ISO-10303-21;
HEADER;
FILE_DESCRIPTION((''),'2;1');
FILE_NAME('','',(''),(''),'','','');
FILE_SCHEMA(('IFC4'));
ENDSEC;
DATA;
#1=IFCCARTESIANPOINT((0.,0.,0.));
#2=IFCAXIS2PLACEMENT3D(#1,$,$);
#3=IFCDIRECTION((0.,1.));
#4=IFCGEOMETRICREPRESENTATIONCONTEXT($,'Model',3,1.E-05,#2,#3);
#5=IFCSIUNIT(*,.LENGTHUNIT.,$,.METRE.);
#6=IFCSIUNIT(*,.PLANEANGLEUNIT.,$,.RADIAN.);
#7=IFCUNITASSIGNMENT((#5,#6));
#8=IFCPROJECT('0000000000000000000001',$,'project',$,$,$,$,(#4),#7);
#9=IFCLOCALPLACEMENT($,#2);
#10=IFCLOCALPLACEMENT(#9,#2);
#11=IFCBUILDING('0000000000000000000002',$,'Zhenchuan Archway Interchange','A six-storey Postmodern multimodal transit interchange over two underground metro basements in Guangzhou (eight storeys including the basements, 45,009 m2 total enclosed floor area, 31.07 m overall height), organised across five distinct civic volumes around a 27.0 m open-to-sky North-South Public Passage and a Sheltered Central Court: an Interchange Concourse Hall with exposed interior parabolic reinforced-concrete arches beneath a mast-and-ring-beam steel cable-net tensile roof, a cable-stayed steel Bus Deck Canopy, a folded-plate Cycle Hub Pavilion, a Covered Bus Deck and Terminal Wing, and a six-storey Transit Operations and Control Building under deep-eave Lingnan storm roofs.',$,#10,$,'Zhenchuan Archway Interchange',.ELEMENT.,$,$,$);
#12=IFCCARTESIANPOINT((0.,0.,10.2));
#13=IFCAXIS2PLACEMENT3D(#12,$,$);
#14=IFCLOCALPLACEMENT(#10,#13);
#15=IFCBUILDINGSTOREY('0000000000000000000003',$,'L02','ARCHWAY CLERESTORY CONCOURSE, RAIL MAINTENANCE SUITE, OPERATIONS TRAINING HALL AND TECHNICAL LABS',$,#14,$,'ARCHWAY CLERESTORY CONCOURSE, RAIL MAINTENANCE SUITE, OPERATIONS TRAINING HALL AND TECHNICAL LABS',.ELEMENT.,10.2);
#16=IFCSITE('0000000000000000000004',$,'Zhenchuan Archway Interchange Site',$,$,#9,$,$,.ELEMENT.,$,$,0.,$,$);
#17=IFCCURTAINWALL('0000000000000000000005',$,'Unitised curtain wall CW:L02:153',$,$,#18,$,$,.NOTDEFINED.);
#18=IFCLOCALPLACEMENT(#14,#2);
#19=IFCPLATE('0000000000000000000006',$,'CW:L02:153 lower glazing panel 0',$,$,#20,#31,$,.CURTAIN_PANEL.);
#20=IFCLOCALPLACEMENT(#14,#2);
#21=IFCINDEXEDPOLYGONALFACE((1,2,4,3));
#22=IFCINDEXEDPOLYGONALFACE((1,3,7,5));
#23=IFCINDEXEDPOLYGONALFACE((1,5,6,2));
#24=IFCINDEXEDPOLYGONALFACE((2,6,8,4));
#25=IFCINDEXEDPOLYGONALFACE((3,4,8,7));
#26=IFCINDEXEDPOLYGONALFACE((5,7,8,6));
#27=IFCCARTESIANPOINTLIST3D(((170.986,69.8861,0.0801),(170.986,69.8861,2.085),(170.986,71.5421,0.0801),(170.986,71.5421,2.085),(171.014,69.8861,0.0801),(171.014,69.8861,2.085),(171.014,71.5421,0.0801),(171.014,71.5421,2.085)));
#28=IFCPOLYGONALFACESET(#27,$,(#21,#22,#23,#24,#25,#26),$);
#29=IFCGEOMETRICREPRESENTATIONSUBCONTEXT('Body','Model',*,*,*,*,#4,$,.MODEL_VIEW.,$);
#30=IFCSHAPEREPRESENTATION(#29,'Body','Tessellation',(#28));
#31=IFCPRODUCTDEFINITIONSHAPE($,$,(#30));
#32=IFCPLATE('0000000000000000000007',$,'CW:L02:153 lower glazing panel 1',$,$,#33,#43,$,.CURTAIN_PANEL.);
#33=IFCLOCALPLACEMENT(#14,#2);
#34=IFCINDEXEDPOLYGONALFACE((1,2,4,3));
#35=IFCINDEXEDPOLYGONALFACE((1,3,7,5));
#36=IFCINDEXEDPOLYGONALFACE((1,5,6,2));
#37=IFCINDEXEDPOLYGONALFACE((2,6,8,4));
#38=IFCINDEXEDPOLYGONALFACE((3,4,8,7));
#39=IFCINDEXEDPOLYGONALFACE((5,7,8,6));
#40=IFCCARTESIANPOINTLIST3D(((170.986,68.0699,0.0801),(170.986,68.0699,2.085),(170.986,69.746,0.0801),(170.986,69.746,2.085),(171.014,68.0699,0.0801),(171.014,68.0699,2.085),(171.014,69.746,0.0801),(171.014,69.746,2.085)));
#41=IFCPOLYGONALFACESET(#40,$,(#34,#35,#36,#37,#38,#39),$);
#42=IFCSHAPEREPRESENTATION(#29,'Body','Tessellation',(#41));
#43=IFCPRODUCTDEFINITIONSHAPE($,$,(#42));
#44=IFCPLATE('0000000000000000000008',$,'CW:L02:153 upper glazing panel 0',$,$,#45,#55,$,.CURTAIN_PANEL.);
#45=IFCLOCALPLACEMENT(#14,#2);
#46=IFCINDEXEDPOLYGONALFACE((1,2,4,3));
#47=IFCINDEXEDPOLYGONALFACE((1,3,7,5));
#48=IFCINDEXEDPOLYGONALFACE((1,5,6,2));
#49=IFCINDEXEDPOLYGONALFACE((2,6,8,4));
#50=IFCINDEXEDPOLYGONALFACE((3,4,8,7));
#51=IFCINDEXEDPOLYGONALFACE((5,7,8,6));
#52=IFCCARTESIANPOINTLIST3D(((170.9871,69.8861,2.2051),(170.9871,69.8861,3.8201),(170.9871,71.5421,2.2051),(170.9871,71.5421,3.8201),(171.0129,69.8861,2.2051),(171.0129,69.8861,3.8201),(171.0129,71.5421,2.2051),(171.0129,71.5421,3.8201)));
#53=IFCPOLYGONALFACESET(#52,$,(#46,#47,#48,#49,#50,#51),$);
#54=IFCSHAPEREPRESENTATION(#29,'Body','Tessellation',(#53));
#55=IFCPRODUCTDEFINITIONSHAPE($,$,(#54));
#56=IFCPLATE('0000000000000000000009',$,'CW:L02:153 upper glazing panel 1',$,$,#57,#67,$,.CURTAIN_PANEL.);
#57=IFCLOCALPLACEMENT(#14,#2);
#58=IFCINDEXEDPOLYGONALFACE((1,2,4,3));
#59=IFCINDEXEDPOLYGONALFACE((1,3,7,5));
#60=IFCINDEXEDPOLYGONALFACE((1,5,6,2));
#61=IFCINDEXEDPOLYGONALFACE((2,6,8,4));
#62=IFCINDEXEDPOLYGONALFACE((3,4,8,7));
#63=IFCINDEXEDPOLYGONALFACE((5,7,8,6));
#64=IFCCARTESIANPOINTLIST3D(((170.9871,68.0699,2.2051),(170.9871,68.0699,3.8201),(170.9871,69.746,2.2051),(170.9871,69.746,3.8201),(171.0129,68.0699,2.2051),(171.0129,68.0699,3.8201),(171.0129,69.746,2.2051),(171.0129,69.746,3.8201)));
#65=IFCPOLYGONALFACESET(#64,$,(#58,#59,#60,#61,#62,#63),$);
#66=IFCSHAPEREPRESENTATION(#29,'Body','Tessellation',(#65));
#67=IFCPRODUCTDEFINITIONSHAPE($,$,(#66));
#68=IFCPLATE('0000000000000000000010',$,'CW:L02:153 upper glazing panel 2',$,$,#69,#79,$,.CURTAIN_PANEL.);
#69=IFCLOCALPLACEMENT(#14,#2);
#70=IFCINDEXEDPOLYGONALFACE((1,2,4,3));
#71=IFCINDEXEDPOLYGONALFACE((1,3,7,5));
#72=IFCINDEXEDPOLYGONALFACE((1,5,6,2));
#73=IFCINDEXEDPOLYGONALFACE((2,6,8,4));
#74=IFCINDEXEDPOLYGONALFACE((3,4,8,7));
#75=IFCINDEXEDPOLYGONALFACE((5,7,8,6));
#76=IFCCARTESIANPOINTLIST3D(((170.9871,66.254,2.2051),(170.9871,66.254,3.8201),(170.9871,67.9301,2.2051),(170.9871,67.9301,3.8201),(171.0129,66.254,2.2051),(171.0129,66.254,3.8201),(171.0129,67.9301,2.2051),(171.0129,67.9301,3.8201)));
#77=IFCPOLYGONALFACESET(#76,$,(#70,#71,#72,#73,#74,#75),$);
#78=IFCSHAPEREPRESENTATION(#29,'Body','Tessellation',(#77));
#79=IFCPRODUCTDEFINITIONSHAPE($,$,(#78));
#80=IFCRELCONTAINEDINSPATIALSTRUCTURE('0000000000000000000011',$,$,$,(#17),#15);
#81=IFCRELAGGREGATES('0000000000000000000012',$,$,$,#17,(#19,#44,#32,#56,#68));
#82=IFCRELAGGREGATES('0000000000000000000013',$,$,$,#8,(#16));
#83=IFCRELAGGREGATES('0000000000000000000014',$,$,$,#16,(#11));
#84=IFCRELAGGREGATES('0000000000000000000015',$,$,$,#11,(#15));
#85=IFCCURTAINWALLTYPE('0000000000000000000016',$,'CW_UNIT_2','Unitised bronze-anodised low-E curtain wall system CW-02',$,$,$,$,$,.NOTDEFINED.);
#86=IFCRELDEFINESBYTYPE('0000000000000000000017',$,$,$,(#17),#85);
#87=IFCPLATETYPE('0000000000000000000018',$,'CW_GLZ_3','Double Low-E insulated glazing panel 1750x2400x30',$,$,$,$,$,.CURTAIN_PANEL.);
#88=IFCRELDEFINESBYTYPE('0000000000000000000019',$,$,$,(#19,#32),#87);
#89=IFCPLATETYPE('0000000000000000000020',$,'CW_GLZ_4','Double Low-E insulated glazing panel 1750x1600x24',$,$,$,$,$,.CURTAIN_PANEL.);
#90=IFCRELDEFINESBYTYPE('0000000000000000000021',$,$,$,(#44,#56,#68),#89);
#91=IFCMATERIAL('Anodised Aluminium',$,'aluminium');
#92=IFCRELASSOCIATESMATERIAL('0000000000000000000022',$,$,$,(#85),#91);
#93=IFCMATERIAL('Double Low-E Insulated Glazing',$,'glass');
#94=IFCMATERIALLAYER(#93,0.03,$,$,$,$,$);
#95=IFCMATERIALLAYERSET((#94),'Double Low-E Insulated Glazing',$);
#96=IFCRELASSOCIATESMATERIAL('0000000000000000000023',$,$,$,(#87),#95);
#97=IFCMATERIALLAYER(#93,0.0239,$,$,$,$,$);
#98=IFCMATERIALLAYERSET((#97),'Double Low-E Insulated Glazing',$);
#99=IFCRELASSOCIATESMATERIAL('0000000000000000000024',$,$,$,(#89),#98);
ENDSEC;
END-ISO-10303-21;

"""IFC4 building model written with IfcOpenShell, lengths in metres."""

from ifc_helpers import new_model, si_unit, direction, frame, origin, origin_2d, place, context, subcontext, project, spatial, rectangle, extrude, material, layer, layer_set, type_object, element, aggregate, save


model = new_model("IFC4")

# Units and contexts
model_context = context("Model", 3, precision=1e-05, world=origin(), true_north=direction((0.0, 1.0)))
body_context = subcontext(model_context, "Body", "Model", "MODEL_VIEW")
ifc_project = project(units=[si_unit("LENGTHUNIT", "METRE"), si_unit("PLANEANGLEUNIT", "RADIAN")], contexts=[model_context])

# Site, building, storey
site_placement = place(None, origin())
site = spatial("IfcSite", under=ifc_project, at=site_placement, Name="Zhenchuan Archway Interchange Site", CompositionType="ELEMENT", RefElevation=0.0)
building_placement = place(site_placement, origin())
building = spatial("IfcBuilding", under=site, at=building_placement, Name="Zhenchuan Archway Interchange", Description="A six-storey Postmodern multimodal transit interchange over two underground metro basements in Guangzhou (eight storeys including the basements, 45,009 m2 total enclosed floor area, 31.07 m overall height), organised across five distinct civic volumes around a 27.0 m open-to-sky North-South Public Passage and a Sheltered Central Court: an Interchange Concourse Hall with exposed interior parabolic reinforced-concrete arches beneath a mast-and-ring-beam steel cable-net tensile roof, a cable-stayed steel Bus Deck Canopy, a folded-plate Cycle Hub Pavilion, a Covered Bus Deck and Terminal Wing, and a six-storey Transit Operations and Control Building under deep-eave Lingnan storm roofs.", LongName="Zhenchuan Archway Interchange", CompositionType="ELEMENT")
storey_placement = place(building_placement, frame((0.0, 0.0, 10.2)))
storey = spatial("IfcBuildingStorey", under=building, at=storey_placement, Name="L02", Description="ARCHWAY CLERESTORY CONCOURSE, RAIL MAINTENANCE SUITE, OPERATIONS TRAINING HALL AND TECHNICAL LABS", LongName="ARCHWAY CLERESTORY CONCOURSE, RAIL MAINTENANCE SUITE, OPERATIONS TRAINING HALL AND TECHNICAL LABS", CompositionType="ELEMENT", Elevation=10.2)

# Curtain wall
ifc_material_1 = material(Name="Anodised Aluminium", Category="aluminium")
curtain_wall_type = type_object("IfcCurtainWallType", Name="CW_UNIT_2", Description="Unitised bronze-anodised low-E curtain wall system CW-02", PredefinedType="NOTDEFINED", material=ifc_material_1)
curtain_wall_placement = place(storey_placement, origin())
curtain_wall = element("IfcCurtainWall", 1, at=curtain_wall_placement, inside=storey, type_object=curtain_wall_type, Name="Unitised curtain wall CW:L02:153", PredefinedType="NOTDEFINED")

# Plates
ifc_material_2 = material(Name="Double Low-E Insulated Glazing", Category="glass")
ifc_layer_1 = layer(ifc_material_2, 0.03)
ifc_layer_set_1 = layer_set([ifc_layer_1], Name="Double Low-E Insulated Glazing")
plate_type_1 = type_object("IfcPlateType", Name="CW_GLZ_3", Description="Double Low-E insulated glazing panel 1750x2400x30", PredefinedType="CURTAIN_PANEL", material=ifc_layer_set_1)
plate_1_placement = place(storey_placement, frame((171.0, 70.7141, 0.0801), z_axis=(0.0, 0.0, 1.0), x_axis=(0.0, -1.0, 0.0)))
plate_1 = element("IfcPlate", 2, at=plate_1_placement, type_object=plate_type_1, Name="CW:L02:153 lower glazing panel 0", PredefinedType="CURTAIN_PANEL", context=body_context, shape_type="SweptSolid", body=[
    extrude(rectangle(XDim=1.656, YDim=0.0281, at=origin_2d()), origin(), (0.0, 0.0, 1.0), 2.0049),
])
plate_2_placement = place(storey_placement, frame((171.0, 68.908, 0.0801), z_axis=(0.0, 0.0, 1.0), x_axis=(0.0, -1.0, 0.0)))
plate_2 = element("IfcPlate", 3, at=plate_2_placement, type_object=plate_type_1, Name="CW:L02:153 lower glazing panel 1", PredefinedType="CURTAIN_PANEL", context=body_context, shape_type="SweptSolid", body=[
    extrude(rectangle(XDim=1.676, YDim=0.0281, at=origin_2d()), origin(), (0.0, 0.0, 1.0), 2.0049),
])
ifc_layer_2 = layer(ifc_material_2, 0.0239)
ifc_layer_set_2 = layer_set([ifc_layer_2], Name="Double Low-E Insulated Glazing")
plate_type_2 = type_object("IfcPlateType", Name="CW_GLZ_4", Description="Double Low-E insulated glazing panel 1750x1600x24", PredefinedType="CURTAIN_PANEL", material=ifc_layer_set_2)
plate_3_placement = place(storey_placement, frame((171.0, 70.7141, 2.2051), z_axis=(0.0, 0.0, 1.0), x_axis=(0.0, -1.0, 0.0)))
plate_3 = element("IfcPlate", 4, at=plate_3_placement, type_object=plate_type_2, Name="CW:L02:153 upper glazing panel 0", PredefinedType="CURTAIN_PANEL", context=body_context, shape_type="SweptSolid", body=[
    extrude(rectangle(XDim=1.656, YDim=0.0259, at=origin_2d()), origin(), (0.0, 0.0, 1.0), 1.615),
])
plate_4_placement = place(storey_placement, frame((171.0, 68.908, 2.2051), z_axis=(0.0, 0.0, 1.0), x_axis=(0.0, -1.0, 0.0)))
plate_4 = element("IfcPlate", 5, at=plate_4_placement, type_object=plate_type_2, Name="CW:L02:153 upper glazing panel 1", PredefinedType="CURTAIN_PANEL", context=body_context, shape_type="SweptSolid", body=[
    extrude(rectangle(XDim=1.676, YDim=0.0259, at=origin_2d()), origin(), (0.0, 0.0, 1.0), 1.615),
])
plate_5_placement = place(storey_placement, frame((171.0, 67.092, 2.2051), z_axis=(0.0, 0.0, 1.0), x_axis=(0.0, -1.0, 0.0)))
plate_5 = element("IfcPlate", 6, at=plate_5_placement, type_object=plate_type_2, Name="CW:L02:153 upper glazing panel 2", PredefinedType="CURTAIN_PANEL", context=body_context, shape_type="SweptSolid", body=[
    extrude(rectangle(XDim=1.676, YDim=0.0259, at=origin_2d()), origin(), (0.0, 0.0, 1.0), 1.615),
])
aggregate(curtain_wall, [plate_1, plate_3, plate_2, plate_4, plate_5])

save(model, "model.ifc")
